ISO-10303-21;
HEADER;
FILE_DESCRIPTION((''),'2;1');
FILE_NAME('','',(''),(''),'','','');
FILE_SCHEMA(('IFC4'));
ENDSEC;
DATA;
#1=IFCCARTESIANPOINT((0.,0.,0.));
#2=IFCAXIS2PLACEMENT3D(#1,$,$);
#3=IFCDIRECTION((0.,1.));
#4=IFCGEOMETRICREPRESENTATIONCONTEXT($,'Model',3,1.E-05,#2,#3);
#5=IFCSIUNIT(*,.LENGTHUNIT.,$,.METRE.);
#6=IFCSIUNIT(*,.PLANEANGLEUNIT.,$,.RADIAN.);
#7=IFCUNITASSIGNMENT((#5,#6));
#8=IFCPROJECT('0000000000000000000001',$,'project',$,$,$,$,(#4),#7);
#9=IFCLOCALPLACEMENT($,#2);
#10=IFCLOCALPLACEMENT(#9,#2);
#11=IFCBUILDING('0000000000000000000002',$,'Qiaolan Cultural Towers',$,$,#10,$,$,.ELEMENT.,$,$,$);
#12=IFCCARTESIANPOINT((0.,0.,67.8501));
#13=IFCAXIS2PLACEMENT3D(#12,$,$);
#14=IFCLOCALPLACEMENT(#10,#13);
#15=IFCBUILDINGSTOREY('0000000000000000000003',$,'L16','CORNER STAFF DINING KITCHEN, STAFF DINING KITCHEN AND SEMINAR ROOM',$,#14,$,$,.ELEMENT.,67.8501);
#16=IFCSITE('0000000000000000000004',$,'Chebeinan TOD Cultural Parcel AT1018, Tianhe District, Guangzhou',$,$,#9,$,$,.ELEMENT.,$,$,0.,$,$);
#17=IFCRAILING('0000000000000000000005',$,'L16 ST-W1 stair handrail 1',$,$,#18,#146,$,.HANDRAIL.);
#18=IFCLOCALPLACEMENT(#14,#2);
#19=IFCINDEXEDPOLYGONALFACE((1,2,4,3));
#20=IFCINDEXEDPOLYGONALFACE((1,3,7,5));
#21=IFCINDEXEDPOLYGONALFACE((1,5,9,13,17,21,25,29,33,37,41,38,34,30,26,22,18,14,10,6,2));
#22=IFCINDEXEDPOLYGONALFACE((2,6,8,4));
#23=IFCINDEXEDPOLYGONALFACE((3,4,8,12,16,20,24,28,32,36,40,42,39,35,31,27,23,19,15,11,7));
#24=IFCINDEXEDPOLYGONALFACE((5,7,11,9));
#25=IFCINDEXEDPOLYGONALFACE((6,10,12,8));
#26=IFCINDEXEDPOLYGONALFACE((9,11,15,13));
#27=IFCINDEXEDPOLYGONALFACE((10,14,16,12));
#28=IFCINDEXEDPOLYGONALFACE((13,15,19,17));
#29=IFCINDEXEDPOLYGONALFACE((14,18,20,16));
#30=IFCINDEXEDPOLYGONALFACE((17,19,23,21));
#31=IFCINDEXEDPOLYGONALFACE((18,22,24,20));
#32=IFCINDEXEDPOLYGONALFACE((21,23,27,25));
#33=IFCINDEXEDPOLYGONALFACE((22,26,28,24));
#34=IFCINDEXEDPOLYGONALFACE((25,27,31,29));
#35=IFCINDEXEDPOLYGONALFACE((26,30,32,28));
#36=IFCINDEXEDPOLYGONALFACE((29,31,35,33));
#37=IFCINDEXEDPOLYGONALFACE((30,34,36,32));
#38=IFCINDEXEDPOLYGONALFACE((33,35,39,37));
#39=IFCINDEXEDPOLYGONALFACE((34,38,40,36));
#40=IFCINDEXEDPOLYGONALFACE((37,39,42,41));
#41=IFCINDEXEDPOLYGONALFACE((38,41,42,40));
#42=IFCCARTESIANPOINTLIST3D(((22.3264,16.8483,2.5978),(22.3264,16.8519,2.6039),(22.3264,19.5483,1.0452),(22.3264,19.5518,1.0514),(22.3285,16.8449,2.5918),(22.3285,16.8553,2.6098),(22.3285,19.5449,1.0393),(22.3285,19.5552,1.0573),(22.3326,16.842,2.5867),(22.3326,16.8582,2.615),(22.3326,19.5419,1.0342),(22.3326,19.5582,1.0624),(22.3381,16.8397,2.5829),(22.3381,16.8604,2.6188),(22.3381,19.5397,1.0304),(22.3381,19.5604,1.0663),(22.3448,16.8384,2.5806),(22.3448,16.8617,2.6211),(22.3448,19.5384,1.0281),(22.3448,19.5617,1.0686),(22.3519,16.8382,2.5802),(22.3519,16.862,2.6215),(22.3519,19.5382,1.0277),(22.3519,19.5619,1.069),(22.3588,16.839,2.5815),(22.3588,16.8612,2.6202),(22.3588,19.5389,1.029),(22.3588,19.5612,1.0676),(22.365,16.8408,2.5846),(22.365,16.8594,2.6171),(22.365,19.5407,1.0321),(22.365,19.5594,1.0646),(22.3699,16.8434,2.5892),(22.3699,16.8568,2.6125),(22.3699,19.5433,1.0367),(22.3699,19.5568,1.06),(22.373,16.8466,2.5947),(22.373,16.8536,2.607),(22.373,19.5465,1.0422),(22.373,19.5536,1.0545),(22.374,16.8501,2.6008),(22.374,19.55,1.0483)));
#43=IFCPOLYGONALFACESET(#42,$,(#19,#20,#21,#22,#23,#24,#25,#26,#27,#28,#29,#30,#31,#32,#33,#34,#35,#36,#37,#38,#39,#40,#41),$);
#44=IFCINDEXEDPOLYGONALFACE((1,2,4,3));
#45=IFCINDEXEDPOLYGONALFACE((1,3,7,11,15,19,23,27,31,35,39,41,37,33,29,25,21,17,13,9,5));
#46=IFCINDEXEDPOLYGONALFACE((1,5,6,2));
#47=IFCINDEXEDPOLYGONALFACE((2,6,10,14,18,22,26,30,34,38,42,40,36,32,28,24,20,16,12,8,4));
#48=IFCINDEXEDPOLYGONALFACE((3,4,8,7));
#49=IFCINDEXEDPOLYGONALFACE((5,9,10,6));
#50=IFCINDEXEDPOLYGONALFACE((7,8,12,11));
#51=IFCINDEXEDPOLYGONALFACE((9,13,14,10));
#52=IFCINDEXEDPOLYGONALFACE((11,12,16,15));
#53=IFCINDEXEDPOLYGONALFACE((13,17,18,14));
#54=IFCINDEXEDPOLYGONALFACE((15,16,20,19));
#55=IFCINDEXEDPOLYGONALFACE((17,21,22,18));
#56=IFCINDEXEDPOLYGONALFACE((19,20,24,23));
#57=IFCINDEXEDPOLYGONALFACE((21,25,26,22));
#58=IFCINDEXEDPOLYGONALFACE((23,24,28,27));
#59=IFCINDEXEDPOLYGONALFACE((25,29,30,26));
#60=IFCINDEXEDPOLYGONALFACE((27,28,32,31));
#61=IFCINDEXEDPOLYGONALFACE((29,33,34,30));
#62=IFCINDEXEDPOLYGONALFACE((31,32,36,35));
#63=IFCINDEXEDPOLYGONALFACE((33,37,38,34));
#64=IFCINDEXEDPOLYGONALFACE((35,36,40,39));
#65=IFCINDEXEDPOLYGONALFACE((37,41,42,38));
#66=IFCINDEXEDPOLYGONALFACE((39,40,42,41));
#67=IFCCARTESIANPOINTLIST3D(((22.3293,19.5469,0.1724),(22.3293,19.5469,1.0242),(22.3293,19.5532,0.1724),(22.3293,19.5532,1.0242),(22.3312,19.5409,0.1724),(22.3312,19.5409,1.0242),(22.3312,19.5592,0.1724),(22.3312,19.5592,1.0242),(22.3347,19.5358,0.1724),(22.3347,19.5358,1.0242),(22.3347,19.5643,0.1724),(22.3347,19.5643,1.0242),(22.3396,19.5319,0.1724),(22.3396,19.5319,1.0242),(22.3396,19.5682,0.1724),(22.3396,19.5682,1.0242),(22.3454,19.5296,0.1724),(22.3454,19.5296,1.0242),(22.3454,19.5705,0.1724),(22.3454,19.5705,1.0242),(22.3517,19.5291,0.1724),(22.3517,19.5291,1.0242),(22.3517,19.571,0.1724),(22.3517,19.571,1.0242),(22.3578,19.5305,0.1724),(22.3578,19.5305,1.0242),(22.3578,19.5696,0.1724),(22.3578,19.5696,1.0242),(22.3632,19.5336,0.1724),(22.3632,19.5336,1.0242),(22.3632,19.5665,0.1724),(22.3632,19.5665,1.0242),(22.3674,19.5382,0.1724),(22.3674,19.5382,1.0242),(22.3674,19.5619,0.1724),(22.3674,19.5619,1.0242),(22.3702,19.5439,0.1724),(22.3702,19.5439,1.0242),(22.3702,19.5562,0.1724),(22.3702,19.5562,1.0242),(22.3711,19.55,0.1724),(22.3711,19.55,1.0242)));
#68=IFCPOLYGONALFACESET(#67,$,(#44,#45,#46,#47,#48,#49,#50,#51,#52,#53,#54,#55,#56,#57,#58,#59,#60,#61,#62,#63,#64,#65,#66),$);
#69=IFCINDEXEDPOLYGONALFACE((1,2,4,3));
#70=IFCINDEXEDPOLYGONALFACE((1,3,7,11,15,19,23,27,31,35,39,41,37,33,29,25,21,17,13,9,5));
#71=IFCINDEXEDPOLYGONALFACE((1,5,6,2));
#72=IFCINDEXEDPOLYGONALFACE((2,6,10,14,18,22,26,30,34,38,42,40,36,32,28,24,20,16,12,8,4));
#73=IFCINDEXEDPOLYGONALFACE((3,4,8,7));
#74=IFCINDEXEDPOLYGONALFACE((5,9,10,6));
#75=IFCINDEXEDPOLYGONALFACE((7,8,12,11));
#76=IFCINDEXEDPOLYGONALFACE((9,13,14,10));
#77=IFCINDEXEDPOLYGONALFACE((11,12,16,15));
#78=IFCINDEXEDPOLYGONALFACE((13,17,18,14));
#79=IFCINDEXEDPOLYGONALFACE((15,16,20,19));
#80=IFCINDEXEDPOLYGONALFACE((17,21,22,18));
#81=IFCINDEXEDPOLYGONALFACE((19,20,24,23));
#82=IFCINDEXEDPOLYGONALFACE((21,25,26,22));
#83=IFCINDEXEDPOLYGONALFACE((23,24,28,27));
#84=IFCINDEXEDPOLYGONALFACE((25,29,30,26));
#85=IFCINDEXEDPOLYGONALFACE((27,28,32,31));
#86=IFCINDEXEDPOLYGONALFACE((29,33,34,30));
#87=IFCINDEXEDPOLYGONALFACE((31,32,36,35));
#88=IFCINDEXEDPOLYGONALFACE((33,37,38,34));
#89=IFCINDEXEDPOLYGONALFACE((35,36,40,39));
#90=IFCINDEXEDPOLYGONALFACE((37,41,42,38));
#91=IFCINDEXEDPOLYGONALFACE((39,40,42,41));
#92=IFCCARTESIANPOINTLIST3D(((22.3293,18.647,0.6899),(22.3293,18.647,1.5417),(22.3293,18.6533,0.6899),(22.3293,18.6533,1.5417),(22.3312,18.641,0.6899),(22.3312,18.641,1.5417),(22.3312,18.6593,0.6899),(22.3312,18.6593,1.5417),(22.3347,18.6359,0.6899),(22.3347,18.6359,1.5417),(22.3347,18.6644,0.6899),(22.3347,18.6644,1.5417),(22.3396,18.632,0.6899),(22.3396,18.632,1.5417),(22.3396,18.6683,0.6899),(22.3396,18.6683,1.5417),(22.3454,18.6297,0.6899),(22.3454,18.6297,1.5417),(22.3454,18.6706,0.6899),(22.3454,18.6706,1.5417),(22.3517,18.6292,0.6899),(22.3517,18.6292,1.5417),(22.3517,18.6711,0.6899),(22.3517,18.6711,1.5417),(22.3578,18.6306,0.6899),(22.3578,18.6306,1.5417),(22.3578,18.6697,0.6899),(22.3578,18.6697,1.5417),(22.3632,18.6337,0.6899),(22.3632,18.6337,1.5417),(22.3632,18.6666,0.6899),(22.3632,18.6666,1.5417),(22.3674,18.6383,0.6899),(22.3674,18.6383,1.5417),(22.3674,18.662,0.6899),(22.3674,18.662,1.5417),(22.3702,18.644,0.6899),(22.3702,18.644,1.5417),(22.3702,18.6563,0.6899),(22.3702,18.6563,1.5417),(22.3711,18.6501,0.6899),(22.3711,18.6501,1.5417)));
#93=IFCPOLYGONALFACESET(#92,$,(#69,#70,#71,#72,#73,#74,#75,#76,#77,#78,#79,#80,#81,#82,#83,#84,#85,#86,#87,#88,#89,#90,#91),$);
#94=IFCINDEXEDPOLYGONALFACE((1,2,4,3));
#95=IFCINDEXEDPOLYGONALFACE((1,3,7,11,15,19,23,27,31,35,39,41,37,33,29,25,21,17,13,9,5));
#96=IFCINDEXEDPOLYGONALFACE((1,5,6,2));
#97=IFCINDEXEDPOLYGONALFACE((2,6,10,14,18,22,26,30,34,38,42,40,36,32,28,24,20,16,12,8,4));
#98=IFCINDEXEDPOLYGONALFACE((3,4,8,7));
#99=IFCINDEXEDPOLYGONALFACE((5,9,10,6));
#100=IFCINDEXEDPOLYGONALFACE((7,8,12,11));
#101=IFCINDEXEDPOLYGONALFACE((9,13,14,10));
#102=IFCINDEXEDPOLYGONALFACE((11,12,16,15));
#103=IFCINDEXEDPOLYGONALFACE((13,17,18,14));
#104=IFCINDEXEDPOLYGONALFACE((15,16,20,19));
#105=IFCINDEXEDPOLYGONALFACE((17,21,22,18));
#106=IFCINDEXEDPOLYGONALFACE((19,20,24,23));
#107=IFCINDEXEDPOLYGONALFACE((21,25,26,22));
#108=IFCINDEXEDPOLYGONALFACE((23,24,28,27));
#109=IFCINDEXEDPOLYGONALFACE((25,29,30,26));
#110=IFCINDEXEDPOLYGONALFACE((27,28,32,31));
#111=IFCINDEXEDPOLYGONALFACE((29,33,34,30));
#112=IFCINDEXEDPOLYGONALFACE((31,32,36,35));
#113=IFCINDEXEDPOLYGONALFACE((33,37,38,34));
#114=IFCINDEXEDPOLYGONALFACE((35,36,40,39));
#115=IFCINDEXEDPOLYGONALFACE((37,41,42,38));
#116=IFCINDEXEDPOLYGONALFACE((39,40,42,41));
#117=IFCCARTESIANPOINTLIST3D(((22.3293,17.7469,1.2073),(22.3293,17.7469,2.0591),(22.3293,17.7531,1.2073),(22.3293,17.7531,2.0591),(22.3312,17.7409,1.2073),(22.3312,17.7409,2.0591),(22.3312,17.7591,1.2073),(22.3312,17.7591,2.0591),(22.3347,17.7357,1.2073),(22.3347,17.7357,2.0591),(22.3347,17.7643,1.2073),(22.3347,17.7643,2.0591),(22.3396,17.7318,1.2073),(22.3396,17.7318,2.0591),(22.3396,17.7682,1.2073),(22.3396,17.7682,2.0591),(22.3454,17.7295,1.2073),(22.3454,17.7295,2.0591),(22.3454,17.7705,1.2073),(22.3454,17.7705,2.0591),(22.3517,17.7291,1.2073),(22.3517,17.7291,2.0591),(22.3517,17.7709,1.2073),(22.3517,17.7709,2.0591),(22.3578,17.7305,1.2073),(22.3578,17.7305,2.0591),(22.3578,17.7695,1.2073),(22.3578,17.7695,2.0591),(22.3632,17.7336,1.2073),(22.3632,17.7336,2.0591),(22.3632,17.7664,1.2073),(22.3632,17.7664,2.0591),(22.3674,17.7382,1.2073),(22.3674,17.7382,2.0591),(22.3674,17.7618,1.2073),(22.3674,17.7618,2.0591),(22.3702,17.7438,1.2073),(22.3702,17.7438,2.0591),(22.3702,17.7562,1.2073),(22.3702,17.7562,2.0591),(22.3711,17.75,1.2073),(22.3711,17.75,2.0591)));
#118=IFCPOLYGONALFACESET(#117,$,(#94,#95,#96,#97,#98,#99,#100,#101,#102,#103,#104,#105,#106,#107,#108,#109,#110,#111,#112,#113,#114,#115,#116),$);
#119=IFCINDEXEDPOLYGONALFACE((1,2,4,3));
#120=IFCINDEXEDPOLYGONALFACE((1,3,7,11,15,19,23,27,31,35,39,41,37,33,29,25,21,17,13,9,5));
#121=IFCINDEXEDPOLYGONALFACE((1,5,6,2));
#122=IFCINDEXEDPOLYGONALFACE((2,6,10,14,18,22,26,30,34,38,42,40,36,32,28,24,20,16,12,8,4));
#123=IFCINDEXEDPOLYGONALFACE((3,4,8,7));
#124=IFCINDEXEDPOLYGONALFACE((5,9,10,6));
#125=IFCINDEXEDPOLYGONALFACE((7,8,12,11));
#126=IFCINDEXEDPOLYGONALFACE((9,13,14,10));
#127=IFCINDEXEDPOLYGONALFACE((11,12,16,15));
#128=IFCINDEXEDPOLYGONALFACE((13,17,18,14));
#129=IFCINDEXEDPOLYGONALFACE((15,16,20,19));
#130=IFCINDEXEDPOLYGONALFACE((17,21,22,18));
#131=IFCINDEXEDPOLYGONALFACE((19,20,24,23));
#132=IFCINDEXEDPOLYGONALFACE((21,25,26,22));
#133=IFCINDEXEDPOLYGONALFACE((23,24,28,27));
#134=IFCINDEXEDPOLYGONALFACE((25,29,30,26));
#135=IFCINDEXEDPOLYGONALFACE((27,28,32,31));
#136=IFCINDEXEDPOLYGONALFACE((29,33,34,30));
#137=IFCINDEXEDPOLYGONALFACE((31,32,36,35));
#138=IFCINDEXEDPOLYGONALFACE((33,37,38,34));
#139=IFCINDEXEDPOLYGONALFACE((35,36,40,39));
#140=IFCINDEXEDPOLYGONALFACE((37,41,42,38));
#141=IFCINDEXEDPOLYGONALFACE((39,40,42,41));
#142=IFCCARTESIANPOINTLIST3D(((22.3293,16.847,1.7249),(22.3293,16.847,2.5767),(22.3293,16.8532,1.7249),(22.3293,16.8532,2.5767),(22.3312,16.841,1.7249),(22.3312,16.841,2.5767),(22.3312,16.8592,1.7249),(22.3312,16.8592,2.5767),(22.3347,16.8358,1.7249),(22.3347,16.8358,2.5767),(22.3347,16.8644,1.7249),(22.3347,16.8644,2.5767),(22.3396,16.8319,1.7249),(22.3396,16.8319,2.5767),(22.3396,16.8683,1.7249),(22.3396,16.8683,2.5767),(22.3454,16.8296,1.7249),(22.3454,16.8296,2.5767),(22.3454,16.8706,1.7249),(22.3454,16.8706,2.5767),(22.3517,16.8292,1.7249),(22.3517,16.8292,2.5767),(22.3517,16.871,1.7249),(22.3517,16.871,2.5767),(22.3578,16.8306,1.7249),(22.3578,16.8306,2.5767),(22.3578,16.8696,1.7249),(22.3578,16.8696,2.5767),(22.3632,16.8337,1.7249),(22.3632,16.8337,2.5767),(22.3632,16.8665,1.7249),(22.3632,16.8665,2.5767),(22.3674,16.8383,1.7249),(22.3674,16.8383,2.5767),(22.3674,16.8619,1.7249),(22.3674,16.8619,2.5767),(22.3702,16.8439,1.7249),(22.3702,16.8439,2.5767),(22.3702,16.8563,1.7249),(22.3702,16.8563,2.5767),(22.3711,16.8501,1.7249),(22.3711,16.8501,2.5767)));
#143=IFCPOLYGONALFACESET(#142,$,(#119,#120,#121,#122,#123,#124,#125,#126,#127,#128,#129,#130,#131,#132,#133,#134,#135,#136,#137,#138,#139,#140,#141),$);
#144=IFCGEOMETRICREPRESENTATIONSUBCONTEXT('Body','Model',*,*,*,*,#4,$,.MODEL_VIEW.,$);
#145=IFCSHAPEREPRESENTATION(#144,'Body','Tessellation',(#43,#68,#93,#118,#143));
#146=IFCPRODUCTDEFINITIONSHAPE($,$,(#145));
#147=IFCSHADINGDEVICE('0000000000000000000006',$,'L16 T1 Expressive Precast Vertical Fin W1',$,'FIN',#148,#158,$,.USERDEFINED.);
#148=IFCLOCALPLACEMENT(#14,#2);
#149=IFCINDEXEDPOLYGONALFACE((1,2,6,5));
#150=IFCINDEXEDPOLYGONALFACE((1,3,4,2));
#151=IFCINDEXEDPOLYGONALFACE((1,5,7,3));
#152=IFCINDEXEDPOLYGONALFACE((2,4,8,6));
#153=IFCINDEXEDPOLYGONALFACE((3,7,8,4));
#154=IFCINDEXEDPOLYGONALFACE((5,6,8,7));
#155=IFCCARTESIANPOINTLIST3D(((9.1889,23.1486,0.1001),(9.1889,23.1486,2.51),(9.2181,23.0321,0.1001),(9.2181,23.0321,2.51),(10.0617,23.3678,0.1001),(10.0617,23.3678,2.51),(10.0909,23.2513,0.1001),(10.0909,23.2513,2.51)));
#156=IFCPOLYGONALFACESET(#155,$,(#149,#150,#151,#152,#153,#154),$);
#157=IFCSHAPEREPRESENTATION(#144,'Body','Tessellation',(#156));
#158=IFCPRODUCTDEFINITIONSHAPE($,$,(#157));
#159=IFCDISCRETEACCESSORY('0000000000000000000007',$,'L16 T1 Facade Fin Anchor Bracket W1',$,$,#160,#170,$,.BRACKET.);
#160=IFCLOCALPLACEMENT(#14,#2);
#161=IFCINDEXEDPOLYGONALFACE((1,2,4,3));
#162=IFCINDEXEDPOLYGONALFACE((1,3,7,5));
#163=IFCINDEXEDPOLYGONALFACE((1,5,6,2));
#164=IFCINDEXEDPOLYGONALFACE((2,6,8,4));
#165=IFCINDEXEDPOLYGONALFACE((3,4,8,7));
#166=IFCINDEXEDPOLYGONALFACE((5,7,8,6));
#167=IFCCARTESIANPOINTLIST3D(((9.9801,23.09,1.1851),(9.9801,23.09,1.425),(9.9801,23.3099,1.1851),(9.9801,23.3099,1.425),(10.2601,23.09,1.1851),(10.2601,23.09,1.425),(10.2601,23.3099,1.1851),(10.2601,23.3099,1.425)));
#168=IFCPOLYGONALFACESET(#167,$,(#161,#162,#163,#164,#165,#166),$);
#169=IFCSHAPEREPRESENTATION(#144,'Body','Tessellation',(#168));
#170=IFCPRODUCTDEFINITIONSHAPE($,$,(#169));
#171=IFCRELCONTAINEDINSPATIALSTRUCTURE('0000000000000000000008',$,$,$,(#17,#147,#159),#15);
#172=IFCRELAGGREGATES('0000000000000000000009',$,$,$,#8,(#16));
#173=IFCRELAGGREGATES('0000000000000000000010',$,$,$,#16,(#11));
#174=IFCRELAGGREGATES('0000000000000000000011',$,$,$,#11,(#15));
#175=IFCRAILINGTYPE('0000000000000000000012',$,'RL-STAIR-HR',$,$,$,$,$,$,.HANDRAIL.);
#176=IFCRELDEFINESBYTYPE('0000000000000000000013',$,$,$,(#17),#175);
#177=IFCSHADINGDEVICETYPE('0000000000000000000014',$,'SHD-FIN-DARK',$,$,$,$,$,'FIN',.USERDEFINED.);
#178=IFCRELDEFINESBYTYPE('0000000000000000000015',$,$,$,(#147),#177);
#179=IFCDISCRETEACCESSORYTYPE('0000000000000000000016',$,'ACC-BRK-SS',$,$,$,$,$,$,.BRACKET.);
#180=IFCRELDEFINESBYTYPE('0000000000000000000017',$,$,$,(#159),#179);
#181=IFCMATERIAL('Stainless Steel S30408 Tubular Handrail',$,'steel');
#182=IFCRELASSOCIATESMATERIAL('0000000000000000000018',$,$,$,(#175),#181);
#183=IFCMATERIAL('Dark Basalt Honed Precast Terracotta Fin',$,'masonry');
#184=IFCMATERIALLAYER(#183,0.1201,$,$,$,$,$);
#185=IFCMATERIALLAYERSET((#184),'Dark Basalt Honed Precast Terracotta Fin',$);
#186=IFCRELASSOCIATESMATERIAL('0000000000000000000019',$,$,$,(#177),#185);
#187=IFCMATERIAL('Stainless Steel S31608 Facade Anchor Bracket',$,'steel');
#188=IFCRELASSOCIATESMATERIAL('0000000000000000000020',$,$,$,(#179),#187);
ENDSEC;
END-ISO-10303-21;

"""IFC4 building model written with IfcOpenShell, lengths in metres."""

from ifc_helpers import new_model, si_unit, direction, frame, origin, origin_2d, place, context, subcontext, project, spatial, rectangle, circle, extrude, material, layer, layer_set, type_object, element, save


model = new_model("IFC4")

# Units and contexts
model_context = context("Model", 3, precision=1e-05, world=origin(), true_north=direction((0.0, 1.0)))
body_context = subcontext(model_context, "Body", "Model", "MODEL_VIEW")
ifc_project = project(units=[si_unit("LENGTHUNIT", "METRE"), si_unit("PLANEANGLEUNIT", "RADIAN")], contexts=[model_context])

# Site, building, storey
site_placement = place(None, origin())
site = spatial("IfcSite", under=ifc_project, at=site_placement, Name="Chebeinan TOD Cultural Parcel AT1018, Tianhe District, Guangzhou", CompositionType="ELEMENT", RefElevation=0.0)
building_placement = place(site_placement, origin())
building = spatial("IfcBuilding", under=site, at=building_placement, Name="Qiaolan Cultural Towers", CompositionType="ELEMENT")
storey_placement = place(building_placement, frame((0.0, 0.0, 67.8501)))
storey = spatial("IfcBuildingStorey", under=building, at=storey_placement, Name="L16", Description="CORNER STAFF DINING KITCHEN, STAFF DINING KITCHEN AND SEMINAR ROOM", CompositionType="ELEMENT", Elevation=67.8501)

# Railing
ifc_material_1 = material(Name="Stainless Steel S30408 Tubular Handrail", Category="steel")
railing_type_1 = type_object("IfcRailingType", Name="RL-STAIR-HR", PredefinedType="HANDRAIL", material=ifc_material_1)
railing_1_placement = place(storey_placement, frame((22.3501, 19.55, 0.1724)))
element("IfcRailing", 1, at=railing_1_placement, inside=storey, type_object=railing_type_1, Name="L16 ST-W1 stair handrail 1", PredefinedType="HANDRAIL", context=body_context, shape_type="SweptSolid", body=[
    extrude(circle(Radius=0.0239, at=origin_2d()), frame((0.0, 0.0, 0.876), z_axis=(0.0, -0.866904, 0.498476), x_axis=(1.0, 0.0, 0.0)), (0.0, 0.0, 1.0), 3.1145),
    extrude(circle(Radius=0.021, at=origin_2d()), origin(), (0.0, 0.0, 1.0), 0.8518),
    extrude(circle(Radius=0.021, at=origin_2d()), frame((0.0, -0.8999, 0.5176)), (0.0, 0.0, 1.0), 0.8518),
    extrude(circle(Radius=0.021, at=origin_2d()), frame((0.0, -1.8, 1.0349)), (0.0, 0.0, 1.0), 0.8518),
    extrude(circle(Radius=0.021, at=origin_2d()), frame((0.0, -2.7, 1.5525)), (0.0, 0.0, 1.0), 0.8518),
])

# Shading device
ifc_material_2 = material(Name="Dark Basalt Honed Precast Terracotta Fin", Category="masonry")
ifc_layer_1 = layer(ifc_material_2, 0.1201)
ifc_layer_set_1 = layer_set([ifc_layer_1], Name="Dark Basalt Honed Precast Terracotta Fin")
shading_device_type = type_object("IfcShadingDeviceType", Name="SHD-FIN-DARK", ElementType="FIN", PredefinedType="USERDEFINED", material=ifc_layer_set_1)
shading_device_placement = place(storey_placement, frame((9.6399, 23.2, 0.1001), z_axis=(0.0, 0.0, 1.0), x_axis=(0.969892, 0.243537, 0.0)))
element("IfcShadingDevice", 2, at=shading_device_placement, inside=storey, type_object=shading_device_type, Name="L16 T1 Expressive Precast Vertical Fin W1", ObjectType="FIN", PredefinedType="USERDEFINED", context=body_context, shape_type="SweptSolid", body=[
    extrude(rectangle(XDim=0.8999, YDim=0.1201, at=origin_2d()), origin(), (0.0, 0.0, 1.0), 2.4099),
])

# Discrete accessory
ifc_material_3 = material(Name="Stainless Steel S31608 Facade Anchor Bracket", Category="steel")
discrete_accessory_type = type_object("IfcDiscreteAccessoryType", Name="ACC-BRK-SS", PredefinedType="BRACKET", material=ifc_material_3)
discrete_accessory_placement = place(storey_placement, frame((10.1201, 23.2, 1.1851), z_axis=(0.0, 0.0, 1.0), x_axis=(1.0, 0.0, 0.0)))
element("IfcDiscreteAccessory", 3, at=discrete_accessory_placement, inside=storey, type_object=discrete_accessory_type, Name="L16 T1 Facade Fin Anchor Bracket W1", PredefinedType="BRACKET", context=body_context, shape_type="SweptSolid", body=[
    extrude(rectangle(XDim=0.28, YDim=0.22, at=origin_2d()), origin(), (0.0, 0.0, 1.0), 0.24),
])

save(model, "model.ifc")
